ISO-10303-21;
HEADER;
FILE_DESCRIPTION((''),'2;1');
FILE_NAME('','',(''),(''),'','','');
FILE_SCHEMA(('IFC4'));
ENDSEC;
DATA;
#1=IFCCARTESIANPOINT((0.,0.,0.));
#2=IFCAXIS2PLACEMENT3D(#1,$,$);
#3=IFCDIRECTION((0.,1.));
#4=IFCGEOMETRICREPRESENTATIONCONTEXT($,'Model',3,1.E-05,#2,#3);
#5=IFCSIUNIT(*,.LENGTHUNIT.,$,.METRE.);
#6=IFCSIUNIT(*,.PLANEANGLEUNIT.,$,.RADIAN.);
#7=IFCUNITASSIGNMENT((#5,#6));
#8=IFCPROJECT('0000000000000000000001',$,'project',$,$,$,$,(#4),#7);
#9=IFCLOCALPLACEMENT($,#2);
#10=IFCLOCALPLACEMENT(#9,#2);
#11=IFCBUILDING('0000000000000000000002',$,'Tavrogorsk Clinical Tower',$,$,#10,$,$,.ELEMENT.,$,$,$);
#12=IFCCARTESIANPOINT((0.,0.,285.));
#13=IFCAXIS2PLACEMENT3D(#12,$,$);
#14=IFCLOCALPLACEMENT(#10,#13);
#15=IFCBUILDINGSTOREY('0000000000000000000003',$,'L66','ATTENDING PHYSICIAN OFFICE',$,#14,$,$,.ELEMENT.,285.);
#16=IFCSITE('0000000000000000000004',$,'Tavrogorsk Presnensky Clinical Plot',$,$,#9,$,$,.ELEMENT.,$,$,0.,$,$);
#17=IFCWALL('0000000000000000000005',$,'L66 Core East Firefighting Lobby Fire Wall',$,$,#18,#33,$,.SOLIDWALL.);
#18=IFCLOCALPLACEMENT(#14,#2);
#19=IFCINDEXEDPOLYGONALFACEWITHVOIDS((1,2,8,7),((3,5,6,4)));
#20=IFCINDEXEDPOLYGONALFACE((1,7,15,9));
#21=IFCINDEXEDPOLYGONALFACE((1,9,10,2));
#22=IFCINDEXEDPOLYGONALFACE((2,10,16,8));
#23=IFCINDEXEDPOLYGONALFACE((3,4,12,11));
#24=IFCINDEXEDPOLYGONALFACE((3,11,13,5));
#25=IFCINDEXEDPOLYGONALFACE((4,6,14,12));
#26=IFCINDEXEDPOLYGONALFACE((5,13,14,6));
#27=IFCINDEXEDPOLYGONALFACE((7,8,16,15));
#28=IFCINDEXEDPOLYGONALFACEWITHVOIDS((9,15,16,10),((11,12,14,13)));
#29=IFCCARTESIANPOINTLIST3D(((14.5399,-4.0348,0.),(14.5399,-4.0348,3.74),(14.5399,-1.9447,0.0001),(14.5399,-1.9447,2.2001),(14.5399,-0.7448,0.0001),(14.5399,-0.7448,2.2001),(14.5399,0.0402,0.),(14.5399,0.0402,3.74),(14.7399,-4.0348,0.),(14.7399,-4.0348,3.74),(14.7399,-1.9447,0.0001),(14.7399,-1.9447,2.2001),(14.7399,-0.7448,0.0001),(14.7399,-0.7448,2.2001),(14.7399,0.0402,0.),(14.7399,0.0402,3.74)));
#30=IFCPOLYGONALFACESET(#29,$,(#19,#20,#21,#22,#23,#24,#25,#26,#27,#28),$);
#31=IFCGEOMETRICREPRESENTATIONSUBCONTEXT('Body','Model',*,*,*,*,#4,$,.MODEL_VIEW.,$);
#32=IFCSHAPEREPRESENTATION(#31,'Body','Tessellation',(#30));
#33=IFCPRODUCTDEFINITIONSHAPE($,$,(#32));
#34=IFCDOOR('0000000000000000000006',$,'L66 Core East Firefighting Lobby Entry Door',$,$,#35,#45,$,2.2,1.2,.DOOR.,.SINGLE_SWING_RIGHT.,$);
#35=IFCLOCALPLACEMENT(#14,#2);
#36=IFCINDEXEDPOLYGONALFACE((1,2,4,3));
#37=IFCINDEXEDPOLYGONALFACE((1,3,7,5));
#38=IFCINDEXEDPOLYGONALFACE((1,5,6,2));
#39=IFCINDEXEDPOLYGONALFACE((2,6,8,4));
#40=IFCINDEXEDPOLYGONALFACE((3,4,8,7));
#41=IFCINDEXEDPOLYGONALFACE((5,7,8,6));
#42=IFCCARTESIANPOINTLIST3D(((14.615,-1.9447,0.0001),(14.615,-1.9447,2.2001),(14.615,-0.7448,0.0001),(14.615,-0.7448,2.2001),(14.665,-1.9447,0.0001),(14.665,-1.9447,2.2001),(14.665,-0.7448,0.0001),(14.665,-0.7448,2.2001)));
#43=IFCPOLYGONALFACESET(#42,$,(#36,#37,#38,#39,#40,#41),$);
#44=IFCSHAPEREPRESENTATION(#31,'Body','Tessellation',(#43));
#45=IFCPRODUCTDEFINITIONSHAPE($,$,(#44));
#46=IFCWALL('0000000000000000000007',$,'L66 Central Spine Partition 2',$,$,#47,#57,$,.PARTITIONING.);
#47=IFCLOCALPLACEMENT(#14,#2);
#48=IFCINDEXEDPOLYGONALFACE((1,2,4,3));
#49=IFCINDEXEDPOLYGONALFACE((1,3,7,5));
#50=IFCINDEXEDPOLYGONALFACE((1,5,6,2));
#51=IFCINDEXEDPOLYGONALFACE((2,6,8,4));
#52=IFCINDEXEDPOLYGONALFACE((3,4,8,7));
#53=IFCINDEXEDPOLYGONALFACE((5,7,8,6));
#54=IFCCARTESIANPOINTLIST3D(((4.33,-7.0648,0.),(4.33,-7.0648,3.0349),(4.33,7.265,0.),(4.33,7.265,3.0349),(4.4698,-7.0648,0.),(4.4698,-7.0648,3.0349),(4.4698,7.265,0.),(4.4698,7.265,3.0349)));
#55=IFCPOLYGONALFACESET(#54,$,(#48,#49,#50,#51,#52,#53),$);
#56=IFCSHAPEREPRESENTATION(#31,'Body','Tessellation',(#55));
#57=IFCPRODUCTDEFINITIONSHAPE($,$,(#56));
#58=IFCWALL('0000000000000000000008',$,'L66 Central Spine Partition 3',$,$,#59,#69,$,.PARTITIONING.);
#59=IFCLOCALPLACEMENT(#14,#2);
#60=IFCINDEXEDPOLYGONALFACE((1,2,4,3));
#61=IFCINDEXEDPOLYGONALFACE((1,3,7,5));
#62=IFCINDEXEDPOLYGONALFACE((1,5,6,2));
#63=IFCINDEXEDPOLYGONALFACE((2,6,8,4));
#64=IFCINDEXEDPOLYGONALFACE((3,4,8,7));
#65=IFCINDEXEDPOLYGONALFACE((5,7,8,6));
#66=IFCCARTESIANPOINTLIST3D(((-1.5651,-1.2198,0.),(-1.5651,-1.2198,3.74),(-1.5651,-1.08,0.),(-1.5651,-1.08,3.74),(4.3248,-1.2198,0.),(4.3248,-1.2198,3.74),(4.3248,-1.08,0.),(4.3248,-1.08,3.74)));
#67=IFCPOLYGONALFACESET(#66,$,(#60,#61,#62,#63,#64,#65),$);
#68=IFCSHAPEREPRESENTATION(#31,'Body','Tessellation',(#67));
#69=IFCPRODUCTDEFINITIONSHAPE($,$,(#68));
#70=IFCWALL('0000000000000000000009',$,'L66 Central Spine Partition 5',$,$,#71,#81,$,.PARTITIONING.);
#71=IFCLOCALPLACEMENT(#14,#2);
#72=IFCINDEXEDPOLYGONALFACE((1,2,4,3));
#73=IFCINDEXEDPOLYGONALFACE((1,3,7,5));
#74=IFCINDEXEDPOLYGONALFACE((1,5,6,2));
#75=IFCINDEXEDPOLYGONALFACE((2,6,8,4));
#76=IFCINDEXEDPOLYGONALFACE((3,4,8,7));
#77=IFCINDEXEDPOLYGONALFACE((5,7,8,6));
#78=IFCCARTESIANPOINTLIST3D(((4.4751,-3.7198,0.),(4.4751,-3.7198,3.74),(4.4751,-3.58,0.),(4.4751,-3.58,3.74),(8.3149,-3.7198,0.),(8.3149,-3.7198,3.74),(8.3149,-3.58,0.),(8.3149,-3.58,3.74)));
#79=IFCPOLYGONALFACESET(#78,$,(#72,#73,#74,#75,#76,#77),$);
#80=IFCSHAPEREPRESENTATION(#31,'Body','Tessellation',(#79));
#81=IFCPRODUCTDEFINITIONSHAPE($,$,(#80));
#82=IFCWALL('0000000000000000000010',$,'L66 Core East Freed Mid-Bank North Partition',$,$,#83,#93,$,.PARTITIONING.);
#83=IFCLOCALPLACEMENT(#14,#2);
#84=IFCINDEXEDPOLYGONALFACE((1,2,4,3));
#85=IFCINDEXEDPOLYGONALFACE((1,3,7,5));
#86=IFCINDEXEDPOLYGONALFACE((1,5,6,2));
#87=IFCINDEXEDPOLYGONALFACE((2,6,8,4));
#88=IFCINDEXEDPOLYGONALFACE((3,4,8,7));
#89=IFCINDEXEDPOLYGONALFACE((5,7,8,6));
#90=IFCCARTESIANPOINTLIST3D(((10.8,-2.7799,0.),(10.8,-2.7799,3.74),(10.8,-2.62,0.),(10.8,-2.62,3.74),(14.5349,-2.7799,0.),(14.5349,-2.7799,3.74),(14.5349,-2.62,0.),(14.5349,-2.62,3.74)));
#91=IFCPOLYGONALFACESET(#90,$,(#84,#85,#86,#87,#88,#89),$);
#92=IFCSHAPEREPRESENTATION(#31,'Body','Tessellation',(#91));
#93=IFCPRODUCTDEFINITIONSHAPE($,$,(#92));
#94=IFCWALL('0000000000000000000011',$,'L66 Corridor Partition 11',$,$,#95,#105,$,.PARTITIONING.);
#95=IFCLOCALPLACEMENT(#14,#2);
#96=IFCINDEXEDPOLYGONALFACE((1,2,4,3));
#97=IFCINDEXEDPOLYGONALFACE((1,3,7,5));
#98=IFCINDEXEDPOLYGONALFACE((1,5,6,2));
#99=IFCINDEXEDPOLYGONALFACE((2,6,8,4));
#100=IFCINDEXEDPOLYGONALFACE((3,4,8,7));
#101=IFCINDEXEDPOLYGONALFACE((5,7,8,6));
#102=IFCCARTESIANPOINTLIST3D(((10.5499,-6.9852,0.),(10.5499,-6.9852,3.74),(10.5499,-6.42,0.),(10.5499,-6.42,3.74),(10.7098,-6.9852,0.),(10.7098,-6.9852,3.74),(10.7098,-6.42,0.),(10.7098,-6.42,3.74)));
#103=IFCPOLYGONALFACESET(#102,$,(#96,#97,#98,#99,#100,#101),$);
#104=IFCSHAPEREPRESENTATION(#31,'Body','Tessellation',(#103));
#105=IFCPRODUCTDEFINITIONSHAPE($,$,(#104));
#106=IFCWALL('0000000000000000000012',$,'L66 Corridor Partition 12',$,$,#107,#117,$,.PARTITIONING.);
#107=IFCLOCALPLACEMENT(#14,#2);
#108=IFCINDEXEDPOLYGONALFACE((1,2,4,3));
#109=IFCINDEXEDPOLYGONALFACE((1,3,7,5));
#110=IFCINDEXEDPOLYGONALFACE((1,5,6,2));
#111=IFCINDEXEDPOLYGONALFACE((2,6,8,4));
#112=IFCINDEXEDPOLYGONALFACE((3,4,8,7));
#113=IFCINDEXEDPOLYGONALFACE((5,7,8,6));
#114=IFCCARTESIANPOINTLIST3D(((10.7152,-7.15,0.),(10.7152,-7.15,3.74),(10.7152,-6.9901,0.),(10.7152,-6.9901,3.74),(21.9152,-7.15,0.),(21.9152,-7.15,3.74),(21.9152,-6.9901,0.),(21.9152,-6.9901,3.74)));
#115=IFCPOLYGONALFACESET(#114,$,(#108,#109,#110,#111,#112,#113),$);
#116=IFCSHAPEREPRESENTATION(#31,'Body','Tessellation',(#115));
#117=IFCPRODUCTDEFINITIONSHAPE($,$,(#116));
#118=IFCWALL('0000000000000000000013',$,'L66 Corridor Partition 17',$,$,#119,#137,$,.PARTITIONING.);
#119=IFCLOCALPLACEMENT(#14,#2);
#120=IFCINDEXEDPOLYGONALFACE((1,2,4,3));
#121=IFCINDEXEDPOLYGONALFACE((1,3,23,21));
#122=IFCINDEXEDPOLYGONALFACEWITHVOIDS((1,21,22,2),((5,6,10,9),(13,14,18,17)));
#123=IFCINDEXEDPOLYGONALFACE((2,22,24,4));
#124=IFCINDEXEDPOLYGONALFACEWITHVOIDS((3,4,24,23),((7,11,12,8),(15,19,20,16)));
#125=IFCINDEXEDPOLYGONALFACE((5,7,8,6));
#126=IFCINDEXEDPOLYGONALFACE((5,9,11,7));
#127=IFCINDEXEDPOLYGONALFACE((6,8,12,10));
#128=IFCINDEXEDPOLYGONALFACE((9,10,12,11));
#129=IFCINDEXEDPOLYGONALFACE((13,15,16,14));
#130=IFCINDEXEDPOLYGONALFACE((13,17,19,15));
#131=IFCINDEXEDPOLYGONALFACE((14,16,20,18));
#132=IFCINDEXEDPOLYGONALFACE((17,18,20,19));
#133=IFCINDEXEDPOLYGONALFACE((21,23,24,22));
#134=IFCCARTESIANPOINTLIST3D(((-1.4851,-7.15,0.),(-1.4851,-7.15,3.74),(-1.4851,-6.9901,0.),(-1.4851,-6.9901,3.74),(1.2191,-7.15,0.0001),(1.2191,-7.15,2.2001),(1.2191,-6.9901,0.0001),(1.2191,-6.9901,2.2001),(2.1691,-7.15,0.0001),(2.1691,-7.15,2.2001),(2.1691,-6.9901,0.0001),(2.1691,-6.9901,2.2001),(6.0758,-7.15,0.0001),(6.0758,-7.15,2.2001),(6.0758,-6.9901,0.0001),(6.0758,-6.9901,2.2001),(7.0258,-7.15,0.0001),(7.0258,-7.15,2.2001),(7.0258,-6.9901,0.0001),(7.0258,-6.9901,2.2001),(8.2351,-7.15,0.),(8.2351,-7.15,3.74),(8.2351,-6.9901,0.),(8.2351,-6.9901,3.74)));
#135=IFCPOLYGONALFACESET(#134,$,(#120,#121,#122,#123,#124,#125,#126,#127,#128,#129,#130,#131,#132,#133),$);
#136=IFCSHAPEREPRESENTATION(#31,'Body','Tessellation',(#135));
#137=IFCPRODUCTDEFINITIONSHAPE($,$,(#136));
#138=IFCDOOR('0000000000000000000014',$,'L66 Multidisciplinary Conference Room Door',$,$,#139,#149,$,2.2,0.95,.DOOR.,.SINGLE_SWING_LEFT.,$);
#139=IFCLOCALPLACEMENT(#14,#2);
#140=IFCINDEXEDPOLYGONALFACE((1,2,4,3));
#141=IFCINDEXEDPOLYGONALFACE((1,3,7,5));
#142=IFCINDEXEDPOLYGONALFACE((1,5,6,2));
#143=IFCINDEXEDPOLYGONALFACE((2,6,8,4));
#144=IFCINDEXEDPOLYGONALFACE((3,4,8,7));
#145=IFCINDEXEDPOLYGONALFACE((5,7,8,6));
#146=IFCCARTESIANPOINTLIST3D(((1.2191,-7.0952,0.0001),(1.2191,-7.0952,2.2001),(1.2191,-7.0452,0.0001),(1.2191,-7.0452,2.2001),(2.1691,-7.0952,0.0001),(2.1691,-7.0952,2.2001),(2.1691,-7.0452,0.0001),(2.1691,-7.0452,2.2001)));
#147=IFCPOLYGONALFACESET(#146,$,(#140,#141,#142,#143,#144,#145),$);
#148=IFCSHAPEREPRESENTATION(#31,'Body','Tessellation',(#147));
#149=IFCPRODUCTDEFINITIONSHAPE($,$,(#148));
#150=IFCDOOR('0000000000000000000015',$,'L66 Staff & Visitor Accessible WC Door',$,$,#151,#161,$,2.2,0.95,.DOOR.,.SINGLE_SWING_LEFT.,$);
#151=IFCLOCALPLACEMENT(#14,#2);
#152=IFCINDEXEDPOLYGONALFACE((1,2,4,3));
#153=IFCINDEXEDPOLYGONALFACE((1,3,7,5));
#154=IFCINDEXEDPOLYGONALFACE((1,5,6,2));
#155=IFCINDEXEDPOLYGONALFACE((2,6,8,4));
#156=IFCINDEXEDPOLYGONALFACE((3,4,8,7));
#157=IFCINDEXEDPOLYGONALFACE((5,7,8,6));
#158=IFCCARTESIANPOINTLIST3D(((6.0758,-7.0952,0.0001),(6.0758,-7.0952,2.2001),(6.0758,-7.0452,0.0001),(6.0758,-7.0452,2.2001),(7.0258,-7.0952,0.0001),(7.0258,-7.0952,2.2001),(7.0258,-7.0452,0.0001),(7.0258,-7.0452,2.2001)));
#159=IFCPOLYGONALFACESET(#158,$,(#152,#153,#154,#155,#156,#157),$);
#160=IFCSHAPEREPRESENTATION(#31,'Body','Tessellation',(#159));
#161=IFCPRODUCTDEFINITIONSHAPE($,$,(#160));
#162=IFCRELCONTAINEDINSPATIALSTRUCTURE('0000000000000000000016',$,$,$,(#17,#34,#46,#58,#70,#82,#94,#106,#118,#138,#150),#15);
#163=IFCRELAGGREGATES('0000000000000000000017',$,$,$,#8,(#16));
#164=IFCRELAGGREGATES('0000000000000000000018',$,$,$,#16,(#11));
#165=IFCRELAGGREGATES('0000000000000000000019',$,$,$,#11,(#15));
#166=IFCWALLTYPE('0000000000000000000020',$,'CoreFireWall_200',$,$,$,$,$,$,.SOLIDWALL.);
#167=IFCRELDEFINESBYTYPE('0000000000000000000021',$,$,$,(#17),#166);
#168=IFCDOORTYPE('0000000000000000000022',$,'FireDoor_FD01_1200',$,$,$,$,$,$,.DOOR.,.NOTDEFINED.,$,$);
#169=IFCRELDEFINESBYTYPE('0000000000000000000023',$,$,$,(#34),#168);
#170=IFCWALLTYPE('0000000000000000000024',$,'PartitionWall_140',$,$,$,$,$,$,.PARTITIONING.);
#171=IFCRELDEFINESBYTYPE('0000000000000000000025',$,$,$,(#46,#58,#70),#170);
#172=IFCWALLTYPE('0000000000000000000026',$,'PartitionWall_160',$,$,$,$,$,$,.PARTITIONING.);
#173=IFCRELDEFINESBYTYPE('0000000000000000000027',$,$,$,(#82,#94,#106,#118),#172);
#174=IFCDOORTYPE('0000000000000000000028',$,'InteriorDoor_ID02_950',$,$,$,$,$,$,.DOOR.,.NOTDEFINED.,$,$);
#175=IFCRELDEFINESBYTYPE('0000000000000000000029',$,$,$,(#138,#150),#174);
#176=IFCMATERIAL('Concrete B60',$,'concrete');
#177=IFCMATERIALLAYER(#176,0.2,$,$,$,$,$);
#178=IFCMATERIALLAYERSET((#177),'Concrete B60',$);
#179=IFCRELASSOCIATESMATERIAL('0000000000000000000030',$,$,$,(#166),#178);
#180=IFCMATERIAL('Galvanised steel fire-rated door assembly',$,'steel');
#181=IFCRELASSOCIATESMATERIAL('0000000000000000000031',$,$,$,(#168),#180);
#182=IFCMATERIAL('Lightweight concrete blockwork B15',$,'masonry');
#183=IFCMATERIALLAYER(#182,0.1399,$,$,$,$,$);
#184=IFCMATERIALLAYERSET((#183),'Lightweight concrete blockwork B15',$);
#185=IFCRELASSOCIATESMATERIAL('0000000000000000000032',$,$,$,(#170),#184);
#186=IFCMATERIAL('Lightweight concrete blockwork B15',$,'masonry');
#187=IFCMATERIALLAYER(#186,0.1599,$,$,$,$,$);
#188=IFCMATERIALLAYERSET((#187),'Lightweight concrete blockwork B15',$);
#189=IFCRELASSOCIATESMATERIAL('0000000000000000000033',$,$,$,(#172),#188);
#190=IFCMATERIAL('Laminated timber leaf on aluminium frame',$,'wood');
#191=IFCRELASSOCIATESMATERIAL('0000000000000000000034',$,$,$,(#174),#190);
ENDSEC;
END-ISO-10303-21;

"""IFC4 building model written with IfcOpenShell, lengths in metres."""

from ifc_helpers import new_model, si_unit, direction, frame, frame_2d, origin, place, context, subcontext, project, spatial, rectangle, extrude, material, layer, layer_set, type_object, element, fill, save


model = new_model("IFC4")

# Units and contexts
model_context = context("Model", 3, precision=1e-05, world=origin(), true_north=direction((0.0, 1.0)))
body_context = subcontext(model_context, "Body", "Model", "MODEL_VIEW")
ifc_project = project(units=[si_unit("LENGTHUNIT", "METRE"), si_unit("PLANEANGLEUNIT", "RADIAN")], contexts=[model_context])

# Site, building, storey
site_placement = place(None, origin())
site = spatial("IfcSite", under=ifc_project, at=site_placement, Name="Tavrogorsk Presnensky Clinical Plot", CompositionType="ELEMENT", RefElevation=0.0)
building_placement = place(site_placement, origin())
building = spatial("IfcBuilding", under=site, at=building_placement, Name="Tavrogorsk Clinical Tower", CompositionType="ELEMENT")
storey_placement = place(building_placement, frame((0.0, 0.0, 285.0)))
storey = spatial("IfcBuildingStorey", under=building, at=storey_placement, Name="L66", Description="ATTENDING PHYSICIAN OFFICE", CompositionType="ELEMENT", Elevation=285.0)

# Wall, opening, door
ifc_material_1 = material(Name="Concrete B60", Category="concrete")
ifc_layer_1 = layer(ifc_material_1, 0.2)
ifc_layer_set_1 = layer_set([ifc_layer_1], Name="Concrete B60")
wall_type_1 = type_object("IfcWallType", Name="CoreFireWall_200", PredefinedType="SOLIDWALL", material=ifc_layer_set_1)
wall_1_placement = place(storey_placement, frame((14.6399, -4.0349, 0.0), z_axis=(0.0, 0.0, 1.0), x_axis=(0.0, 1.0, 0.0)))
wall_1 = element("IfcWall", 1, at=wall_1_placement, inside=storey, type_object=wall_type_1, Name="L66 Core East Firefighting Lobby Fire Wall", PredefinedType="SOLIDWALL", context=body_context, shape_type="SweptSolid", body=[
    extrude(rectangle(XDim=4.075, YDim=0.2, at=frame_2d((2.0376, 0.0))), origin(), (0.0, 0.0, 1.0), 3.74),
])
opening_1_placement = place(wall_1_placement, frame((2.0901, 0.0, 0.0)))
opening_1 = element("IfcOpeningElement", 2, at=opening_1_placement, cuts=wall_1, PredefinedType="OPENING", context=body_context, shape_type="SweptSolid", body=[
    extrude(rectangle(XDim=1.2, YDim=2.2, at=frame_2d((0.6001, 1.1001))), frame((0.0, 0.1099, 0.0), z_axis=(0.0, -1.0, 0.0), x_axis=(1.0, 0.0, 0.0)), (0.0, 0.0, 1.0), 0.22),
])
ifc_material_2 = material(Name="Galvanised steel fire-rated door assembly", Category="steel")
door_type_1 = type_object("IfcDoorType", Name="FireDoor_FD01_1200", OperationType="NOTDEFINED", PredefinedType="DOOR", material=ifc_material_2)
door_1_placement = place(opening_1_placement, origin())
door_1 = element("IfcDoor", 3, at=door_1_placement, inside=storey, type_object=door_type_1, Name="L66 Core East Firefighting Lobby Entry Door", OperationType="SINGLE_SWING_RIGHT", OverallHeight=2.2, OverallWidth=1.2, PredefinedType="DOOR", context=body_context, shape_type="SweptSolid", body=[
    extrude(rectangle(XDim=1.2, YDim=2.2, at=frame_2d((0.6001, 1.1001))), frame((0.0, 0.0249, 0.0), z_axis=(0.0, -1.0, 0.0), x_axis=(1.0, 0.0, 0.0)), (0.0, 0.0, 1.0), 0.05),
])
fill(opening_1, door_1)

# Walls
ifc_material_3 = material(Name="Lightweight concrete blockwork B15", Category="masonry")
ifc_layer_2 = layer(ifc_material_3, 0.1399)
ifc_layer_set_2 = layer_set([ifc_layer_2], Name="Lightweight concrete blockwork B15")
wall_type_2 = type_object("IfcWallType", Name="PartitionWall_140", PredefinedType="PARTITIONING", material=ifc_layer_set_2)
wall_2_placement = place(storey_placement, frame((4.3999, -7.0649, 0.0), z_axis=(0.0, 0.0, 1.0), x_axis=(0.0, 1.0, 0.0)))
element("IfcWall", 4, at=wall_2_placement, inside=storey, type_object=wall_type_2, Name="L66 Central Spine Partition 2", PredefinedType="PARTITIONING", context=body_context, shape_type="SweptSolid", body=[
    extrude(rectangle(XDim=14.3298, YDim=0.1399, at=frame_2d((7.165, 0.0))), origin(), (0.0, 0.0, 1.0), 3.0349),
])
wall_3_placement = place(storey_placement, frame((-1.5649, -1.1499, 0.0), z_axis=(0.0, 0.0, 1.0), x_axis=(1.0, 0.0, 0.0)))
element("IfcWall", 5, at=wall_3_placement, inside=storey, type_object=wall_type_2, Name="L66 Central Spine Partition 3", PredefinedType="PARTITIONING", context=body_context, shape_type="SweptSolid", body=[
    extrude(rectangle(XDim=5.8899, YDim=0.1399, at=frame_2d((2.9448, 0.0))), origin(), (0.0, 0.0, 1.0), 3.74),
])
wall_4_placement = place(storey_placement, frame((4.4751, -3.6499, 0.0), z_axis=(0.0, 0.0, 1.0), x_axis=(1.0, 0.0, 0.0)))
element("IfcWall", 6, at=wall_4_placement, inside=storey, type_object=wall_type_2, Name="L66 Central Spine Partition 5", PredefinedType="PARTITIONING", context=body_context, shape_type="SweptSolid", body=[
    extrude(rectangle(XDim=3.8398, YDim=0.1399, at=frame_2d((1.9199, 0.0))), origin(), (0.0, 0.0, 1.0), 3.74),
])
ifc_material_4 = material(Name="Lightweight concrete blockwork B15", Category="masonry")
ifc_layer_3 = layer(ifc_material_4, 0.1599)
ifc_layer_set_3 = layer_set([ifc_layer_3], Name="Lightweight concrete blockwork B15")
wall_type_3 = type_object("IfcWallType", Name="PartitionWall_160", PredefinedType="PARTITIONING", material=ifc_layer_set_3)
wall_5_placement = place(storey_placement, frame((10.8, -2.7, 0.0), z_axis=(0.0, 0.0, 1.0), x_axis=(1.0, 0.0, 0.0)))
element("IfcWall", 7, at=wall_5_placement, inside=storey, type_object=wall_type_3, Name="L66 Core East Freed Mid-Bank North Partition", PredefinedType="PARTITIONING", context=body_context, shape_type="SweptSolid", body=[
    extrude(rectangle(XDim=3.7349, YDim=0.1599, at=frame_2d((1.8674, 0.0))), origin(), (0.0, 0.0, 1.0), 3.74),
])
wall_6_placement = place(storey_placement, frame((10.6299, -6.4199, 0.0), z_axis=(0.0, 0.0, 1.0), x_axis=(0.0, -1.0, 0.0)))
element("IfcWall", 8, at=wall_6_placement, inside=storey, type_object=wall_type_3, Name="L66 Corridor Partition 11", PredefinedType="PARTITIONING", context=body_context, shape_type="SweptSolid", body=[
    extrude(rectangle(XDim=0.5652, YDim=0.1599, at=frame_2d((0.2827, 0.0))), origin(), (0.0, 0.0, 1.0), 3.74),
])
wall_7_placement = place(storey_placement, frame((10.7151, -7.0701, 0.0), z_axis=(0.0, 0.0, 1.0), x_axis=(1.0, 0.0, 0.0)))
element("IfcWall", 9, at=wall_7_placement, inside=storey, type_object=wall_type_3, Name="L66 Corridor Partition 12", PredefinedType="PARTITIONING", context=body_context, shape_type="SweptSolid", body=[
    extrude(rectangle(XDim=11.2, YDim=0.1599, at=frame_2d((5.6001, 0.0))), origin(), (0.0, 0.0, 1.0), 3.74),
])

# Wall, openings, doors
wall_8_placement = place(storey_placement, frame((-1.4851, -7.0701, 0.0), z_axis=(0.0, 0.0, 1.0), x_axis=(1.0, 0.0, 0.0)))
wall_8 = element("IfcWall", 10, at=wall_8_placement, inside=storey, type_object=wall_type_3, Name="L66 Corridor Partition 17", PredefinedType="PARTITIONING", context=body_context, shape_type="SweptSolid", body=[
    extrude(rectangle(XDim=9.7202, YDim=0.1599, at=frame_2d((4.8601, 0.0))), origin(), (0.0, 0.0, 1.0), 3.74),
])
opening_2_placement = place(wall_8_placement, frame((2.7041, 0.0, 0.0)))
opening_2 = element("IfcOpeningElement", 11, at=opening_2_placement, cuts=wall_8, PredefinedType="OPENING", context=body_context, shape_type="SweptSolid", body=[
    extrude(rectangle(XDim=0.95, YDim=2.2, at=frame_2d((0.4751, 1.1001))), frame((0.0, 0.0898, 0.0), z_axis=(0.0, -1.0, 0.0), x_axis=(1.0, 0.0, 0.0)), (0.0, 0.0, 1.0), 0.1799),
])
opening_3_placement = place(wall_8_placement, frame((7.5608, 0.0, 0.0)))
opening_3 = element("IfcOpeningElement", 12, at=opening_3_placement, cuts=wall_8, PredefinedType="OPENING", context=body_context, shape_type="SweptSolid", body=[
    extrude(rectangle(XDim=0.95, YDim=2.2, at=frame_2d((0.4751, 1.1001))), frame((0.0, 0.0898, 0.0), z_axis=(0.0, -1.0, 0.0), x_axis=(1.0, 0.0, 0.0)), (0.0, 0.0, 1.0), 0.1799),
])
ifc_material_5 = material(Name="Laminated timber leaf on aluminium frame", Category="wood")
door_type_2 = type_object("IfcDoorType", Name="InteriorDoor_ID02_950", OperationType="NOTDEFINED", PredefinedType="DOOR", material=ifc_material_5)
door_2_placement = place(opening_2_placement, origin())
door_2 = element("IfcDoor", 13, at=door_2_placement, inside=storey, type_object=door_type_2, Name="L66 Multidisciplinary Conference Room Door", OperationType="SINGLE_SWING_LEFT", OverallHeight=2.2, OverallWidth=0.95, PredefinedType="DOOR", context=body_context, shape_type="SweptSolid", body=[
    extrude(rectangle(XDim=0.95, YDim=2.2, at=frame_2d((0.4751, 1.1001))), frame((0.0, 0.0249, 0.0), z_axis=(0.0, -1.0, 0.0), x_axis=(1.0, 0.0, 0.0)), (0.0, 0.0, 1.0), 0.05),
])
fill(opening_2, door_2)
door_3_placement = place(opening_3_placement, origin())
door_3 = element("IfcDoor", 14, at=door_3_placement, inside=storey, type_object=door_type_2, Name="L66 Staff & Visitor Accessible WC Door", OperationType="SINGLE_SWING_LEFT", OverallHeight=2.2, OverallWidth=0.95, PredefinedType="DOOR", context=body_context, shape_type="SweptSolid", body=[
    extrude(rectangle(XDim=0.95, YDim=2.2, at=frame_2d((0.4751, 1.1001))), frame((0.0, 0.0249, 0.0), z_axis=(0.0, -1.0, 0.0), x_axis=(1.0, 0.0, 0.0)), (0.0, 0.0, 1.0), 0.05),
])
fill(opening_3, door_3)

save(model, "model.ifc")
